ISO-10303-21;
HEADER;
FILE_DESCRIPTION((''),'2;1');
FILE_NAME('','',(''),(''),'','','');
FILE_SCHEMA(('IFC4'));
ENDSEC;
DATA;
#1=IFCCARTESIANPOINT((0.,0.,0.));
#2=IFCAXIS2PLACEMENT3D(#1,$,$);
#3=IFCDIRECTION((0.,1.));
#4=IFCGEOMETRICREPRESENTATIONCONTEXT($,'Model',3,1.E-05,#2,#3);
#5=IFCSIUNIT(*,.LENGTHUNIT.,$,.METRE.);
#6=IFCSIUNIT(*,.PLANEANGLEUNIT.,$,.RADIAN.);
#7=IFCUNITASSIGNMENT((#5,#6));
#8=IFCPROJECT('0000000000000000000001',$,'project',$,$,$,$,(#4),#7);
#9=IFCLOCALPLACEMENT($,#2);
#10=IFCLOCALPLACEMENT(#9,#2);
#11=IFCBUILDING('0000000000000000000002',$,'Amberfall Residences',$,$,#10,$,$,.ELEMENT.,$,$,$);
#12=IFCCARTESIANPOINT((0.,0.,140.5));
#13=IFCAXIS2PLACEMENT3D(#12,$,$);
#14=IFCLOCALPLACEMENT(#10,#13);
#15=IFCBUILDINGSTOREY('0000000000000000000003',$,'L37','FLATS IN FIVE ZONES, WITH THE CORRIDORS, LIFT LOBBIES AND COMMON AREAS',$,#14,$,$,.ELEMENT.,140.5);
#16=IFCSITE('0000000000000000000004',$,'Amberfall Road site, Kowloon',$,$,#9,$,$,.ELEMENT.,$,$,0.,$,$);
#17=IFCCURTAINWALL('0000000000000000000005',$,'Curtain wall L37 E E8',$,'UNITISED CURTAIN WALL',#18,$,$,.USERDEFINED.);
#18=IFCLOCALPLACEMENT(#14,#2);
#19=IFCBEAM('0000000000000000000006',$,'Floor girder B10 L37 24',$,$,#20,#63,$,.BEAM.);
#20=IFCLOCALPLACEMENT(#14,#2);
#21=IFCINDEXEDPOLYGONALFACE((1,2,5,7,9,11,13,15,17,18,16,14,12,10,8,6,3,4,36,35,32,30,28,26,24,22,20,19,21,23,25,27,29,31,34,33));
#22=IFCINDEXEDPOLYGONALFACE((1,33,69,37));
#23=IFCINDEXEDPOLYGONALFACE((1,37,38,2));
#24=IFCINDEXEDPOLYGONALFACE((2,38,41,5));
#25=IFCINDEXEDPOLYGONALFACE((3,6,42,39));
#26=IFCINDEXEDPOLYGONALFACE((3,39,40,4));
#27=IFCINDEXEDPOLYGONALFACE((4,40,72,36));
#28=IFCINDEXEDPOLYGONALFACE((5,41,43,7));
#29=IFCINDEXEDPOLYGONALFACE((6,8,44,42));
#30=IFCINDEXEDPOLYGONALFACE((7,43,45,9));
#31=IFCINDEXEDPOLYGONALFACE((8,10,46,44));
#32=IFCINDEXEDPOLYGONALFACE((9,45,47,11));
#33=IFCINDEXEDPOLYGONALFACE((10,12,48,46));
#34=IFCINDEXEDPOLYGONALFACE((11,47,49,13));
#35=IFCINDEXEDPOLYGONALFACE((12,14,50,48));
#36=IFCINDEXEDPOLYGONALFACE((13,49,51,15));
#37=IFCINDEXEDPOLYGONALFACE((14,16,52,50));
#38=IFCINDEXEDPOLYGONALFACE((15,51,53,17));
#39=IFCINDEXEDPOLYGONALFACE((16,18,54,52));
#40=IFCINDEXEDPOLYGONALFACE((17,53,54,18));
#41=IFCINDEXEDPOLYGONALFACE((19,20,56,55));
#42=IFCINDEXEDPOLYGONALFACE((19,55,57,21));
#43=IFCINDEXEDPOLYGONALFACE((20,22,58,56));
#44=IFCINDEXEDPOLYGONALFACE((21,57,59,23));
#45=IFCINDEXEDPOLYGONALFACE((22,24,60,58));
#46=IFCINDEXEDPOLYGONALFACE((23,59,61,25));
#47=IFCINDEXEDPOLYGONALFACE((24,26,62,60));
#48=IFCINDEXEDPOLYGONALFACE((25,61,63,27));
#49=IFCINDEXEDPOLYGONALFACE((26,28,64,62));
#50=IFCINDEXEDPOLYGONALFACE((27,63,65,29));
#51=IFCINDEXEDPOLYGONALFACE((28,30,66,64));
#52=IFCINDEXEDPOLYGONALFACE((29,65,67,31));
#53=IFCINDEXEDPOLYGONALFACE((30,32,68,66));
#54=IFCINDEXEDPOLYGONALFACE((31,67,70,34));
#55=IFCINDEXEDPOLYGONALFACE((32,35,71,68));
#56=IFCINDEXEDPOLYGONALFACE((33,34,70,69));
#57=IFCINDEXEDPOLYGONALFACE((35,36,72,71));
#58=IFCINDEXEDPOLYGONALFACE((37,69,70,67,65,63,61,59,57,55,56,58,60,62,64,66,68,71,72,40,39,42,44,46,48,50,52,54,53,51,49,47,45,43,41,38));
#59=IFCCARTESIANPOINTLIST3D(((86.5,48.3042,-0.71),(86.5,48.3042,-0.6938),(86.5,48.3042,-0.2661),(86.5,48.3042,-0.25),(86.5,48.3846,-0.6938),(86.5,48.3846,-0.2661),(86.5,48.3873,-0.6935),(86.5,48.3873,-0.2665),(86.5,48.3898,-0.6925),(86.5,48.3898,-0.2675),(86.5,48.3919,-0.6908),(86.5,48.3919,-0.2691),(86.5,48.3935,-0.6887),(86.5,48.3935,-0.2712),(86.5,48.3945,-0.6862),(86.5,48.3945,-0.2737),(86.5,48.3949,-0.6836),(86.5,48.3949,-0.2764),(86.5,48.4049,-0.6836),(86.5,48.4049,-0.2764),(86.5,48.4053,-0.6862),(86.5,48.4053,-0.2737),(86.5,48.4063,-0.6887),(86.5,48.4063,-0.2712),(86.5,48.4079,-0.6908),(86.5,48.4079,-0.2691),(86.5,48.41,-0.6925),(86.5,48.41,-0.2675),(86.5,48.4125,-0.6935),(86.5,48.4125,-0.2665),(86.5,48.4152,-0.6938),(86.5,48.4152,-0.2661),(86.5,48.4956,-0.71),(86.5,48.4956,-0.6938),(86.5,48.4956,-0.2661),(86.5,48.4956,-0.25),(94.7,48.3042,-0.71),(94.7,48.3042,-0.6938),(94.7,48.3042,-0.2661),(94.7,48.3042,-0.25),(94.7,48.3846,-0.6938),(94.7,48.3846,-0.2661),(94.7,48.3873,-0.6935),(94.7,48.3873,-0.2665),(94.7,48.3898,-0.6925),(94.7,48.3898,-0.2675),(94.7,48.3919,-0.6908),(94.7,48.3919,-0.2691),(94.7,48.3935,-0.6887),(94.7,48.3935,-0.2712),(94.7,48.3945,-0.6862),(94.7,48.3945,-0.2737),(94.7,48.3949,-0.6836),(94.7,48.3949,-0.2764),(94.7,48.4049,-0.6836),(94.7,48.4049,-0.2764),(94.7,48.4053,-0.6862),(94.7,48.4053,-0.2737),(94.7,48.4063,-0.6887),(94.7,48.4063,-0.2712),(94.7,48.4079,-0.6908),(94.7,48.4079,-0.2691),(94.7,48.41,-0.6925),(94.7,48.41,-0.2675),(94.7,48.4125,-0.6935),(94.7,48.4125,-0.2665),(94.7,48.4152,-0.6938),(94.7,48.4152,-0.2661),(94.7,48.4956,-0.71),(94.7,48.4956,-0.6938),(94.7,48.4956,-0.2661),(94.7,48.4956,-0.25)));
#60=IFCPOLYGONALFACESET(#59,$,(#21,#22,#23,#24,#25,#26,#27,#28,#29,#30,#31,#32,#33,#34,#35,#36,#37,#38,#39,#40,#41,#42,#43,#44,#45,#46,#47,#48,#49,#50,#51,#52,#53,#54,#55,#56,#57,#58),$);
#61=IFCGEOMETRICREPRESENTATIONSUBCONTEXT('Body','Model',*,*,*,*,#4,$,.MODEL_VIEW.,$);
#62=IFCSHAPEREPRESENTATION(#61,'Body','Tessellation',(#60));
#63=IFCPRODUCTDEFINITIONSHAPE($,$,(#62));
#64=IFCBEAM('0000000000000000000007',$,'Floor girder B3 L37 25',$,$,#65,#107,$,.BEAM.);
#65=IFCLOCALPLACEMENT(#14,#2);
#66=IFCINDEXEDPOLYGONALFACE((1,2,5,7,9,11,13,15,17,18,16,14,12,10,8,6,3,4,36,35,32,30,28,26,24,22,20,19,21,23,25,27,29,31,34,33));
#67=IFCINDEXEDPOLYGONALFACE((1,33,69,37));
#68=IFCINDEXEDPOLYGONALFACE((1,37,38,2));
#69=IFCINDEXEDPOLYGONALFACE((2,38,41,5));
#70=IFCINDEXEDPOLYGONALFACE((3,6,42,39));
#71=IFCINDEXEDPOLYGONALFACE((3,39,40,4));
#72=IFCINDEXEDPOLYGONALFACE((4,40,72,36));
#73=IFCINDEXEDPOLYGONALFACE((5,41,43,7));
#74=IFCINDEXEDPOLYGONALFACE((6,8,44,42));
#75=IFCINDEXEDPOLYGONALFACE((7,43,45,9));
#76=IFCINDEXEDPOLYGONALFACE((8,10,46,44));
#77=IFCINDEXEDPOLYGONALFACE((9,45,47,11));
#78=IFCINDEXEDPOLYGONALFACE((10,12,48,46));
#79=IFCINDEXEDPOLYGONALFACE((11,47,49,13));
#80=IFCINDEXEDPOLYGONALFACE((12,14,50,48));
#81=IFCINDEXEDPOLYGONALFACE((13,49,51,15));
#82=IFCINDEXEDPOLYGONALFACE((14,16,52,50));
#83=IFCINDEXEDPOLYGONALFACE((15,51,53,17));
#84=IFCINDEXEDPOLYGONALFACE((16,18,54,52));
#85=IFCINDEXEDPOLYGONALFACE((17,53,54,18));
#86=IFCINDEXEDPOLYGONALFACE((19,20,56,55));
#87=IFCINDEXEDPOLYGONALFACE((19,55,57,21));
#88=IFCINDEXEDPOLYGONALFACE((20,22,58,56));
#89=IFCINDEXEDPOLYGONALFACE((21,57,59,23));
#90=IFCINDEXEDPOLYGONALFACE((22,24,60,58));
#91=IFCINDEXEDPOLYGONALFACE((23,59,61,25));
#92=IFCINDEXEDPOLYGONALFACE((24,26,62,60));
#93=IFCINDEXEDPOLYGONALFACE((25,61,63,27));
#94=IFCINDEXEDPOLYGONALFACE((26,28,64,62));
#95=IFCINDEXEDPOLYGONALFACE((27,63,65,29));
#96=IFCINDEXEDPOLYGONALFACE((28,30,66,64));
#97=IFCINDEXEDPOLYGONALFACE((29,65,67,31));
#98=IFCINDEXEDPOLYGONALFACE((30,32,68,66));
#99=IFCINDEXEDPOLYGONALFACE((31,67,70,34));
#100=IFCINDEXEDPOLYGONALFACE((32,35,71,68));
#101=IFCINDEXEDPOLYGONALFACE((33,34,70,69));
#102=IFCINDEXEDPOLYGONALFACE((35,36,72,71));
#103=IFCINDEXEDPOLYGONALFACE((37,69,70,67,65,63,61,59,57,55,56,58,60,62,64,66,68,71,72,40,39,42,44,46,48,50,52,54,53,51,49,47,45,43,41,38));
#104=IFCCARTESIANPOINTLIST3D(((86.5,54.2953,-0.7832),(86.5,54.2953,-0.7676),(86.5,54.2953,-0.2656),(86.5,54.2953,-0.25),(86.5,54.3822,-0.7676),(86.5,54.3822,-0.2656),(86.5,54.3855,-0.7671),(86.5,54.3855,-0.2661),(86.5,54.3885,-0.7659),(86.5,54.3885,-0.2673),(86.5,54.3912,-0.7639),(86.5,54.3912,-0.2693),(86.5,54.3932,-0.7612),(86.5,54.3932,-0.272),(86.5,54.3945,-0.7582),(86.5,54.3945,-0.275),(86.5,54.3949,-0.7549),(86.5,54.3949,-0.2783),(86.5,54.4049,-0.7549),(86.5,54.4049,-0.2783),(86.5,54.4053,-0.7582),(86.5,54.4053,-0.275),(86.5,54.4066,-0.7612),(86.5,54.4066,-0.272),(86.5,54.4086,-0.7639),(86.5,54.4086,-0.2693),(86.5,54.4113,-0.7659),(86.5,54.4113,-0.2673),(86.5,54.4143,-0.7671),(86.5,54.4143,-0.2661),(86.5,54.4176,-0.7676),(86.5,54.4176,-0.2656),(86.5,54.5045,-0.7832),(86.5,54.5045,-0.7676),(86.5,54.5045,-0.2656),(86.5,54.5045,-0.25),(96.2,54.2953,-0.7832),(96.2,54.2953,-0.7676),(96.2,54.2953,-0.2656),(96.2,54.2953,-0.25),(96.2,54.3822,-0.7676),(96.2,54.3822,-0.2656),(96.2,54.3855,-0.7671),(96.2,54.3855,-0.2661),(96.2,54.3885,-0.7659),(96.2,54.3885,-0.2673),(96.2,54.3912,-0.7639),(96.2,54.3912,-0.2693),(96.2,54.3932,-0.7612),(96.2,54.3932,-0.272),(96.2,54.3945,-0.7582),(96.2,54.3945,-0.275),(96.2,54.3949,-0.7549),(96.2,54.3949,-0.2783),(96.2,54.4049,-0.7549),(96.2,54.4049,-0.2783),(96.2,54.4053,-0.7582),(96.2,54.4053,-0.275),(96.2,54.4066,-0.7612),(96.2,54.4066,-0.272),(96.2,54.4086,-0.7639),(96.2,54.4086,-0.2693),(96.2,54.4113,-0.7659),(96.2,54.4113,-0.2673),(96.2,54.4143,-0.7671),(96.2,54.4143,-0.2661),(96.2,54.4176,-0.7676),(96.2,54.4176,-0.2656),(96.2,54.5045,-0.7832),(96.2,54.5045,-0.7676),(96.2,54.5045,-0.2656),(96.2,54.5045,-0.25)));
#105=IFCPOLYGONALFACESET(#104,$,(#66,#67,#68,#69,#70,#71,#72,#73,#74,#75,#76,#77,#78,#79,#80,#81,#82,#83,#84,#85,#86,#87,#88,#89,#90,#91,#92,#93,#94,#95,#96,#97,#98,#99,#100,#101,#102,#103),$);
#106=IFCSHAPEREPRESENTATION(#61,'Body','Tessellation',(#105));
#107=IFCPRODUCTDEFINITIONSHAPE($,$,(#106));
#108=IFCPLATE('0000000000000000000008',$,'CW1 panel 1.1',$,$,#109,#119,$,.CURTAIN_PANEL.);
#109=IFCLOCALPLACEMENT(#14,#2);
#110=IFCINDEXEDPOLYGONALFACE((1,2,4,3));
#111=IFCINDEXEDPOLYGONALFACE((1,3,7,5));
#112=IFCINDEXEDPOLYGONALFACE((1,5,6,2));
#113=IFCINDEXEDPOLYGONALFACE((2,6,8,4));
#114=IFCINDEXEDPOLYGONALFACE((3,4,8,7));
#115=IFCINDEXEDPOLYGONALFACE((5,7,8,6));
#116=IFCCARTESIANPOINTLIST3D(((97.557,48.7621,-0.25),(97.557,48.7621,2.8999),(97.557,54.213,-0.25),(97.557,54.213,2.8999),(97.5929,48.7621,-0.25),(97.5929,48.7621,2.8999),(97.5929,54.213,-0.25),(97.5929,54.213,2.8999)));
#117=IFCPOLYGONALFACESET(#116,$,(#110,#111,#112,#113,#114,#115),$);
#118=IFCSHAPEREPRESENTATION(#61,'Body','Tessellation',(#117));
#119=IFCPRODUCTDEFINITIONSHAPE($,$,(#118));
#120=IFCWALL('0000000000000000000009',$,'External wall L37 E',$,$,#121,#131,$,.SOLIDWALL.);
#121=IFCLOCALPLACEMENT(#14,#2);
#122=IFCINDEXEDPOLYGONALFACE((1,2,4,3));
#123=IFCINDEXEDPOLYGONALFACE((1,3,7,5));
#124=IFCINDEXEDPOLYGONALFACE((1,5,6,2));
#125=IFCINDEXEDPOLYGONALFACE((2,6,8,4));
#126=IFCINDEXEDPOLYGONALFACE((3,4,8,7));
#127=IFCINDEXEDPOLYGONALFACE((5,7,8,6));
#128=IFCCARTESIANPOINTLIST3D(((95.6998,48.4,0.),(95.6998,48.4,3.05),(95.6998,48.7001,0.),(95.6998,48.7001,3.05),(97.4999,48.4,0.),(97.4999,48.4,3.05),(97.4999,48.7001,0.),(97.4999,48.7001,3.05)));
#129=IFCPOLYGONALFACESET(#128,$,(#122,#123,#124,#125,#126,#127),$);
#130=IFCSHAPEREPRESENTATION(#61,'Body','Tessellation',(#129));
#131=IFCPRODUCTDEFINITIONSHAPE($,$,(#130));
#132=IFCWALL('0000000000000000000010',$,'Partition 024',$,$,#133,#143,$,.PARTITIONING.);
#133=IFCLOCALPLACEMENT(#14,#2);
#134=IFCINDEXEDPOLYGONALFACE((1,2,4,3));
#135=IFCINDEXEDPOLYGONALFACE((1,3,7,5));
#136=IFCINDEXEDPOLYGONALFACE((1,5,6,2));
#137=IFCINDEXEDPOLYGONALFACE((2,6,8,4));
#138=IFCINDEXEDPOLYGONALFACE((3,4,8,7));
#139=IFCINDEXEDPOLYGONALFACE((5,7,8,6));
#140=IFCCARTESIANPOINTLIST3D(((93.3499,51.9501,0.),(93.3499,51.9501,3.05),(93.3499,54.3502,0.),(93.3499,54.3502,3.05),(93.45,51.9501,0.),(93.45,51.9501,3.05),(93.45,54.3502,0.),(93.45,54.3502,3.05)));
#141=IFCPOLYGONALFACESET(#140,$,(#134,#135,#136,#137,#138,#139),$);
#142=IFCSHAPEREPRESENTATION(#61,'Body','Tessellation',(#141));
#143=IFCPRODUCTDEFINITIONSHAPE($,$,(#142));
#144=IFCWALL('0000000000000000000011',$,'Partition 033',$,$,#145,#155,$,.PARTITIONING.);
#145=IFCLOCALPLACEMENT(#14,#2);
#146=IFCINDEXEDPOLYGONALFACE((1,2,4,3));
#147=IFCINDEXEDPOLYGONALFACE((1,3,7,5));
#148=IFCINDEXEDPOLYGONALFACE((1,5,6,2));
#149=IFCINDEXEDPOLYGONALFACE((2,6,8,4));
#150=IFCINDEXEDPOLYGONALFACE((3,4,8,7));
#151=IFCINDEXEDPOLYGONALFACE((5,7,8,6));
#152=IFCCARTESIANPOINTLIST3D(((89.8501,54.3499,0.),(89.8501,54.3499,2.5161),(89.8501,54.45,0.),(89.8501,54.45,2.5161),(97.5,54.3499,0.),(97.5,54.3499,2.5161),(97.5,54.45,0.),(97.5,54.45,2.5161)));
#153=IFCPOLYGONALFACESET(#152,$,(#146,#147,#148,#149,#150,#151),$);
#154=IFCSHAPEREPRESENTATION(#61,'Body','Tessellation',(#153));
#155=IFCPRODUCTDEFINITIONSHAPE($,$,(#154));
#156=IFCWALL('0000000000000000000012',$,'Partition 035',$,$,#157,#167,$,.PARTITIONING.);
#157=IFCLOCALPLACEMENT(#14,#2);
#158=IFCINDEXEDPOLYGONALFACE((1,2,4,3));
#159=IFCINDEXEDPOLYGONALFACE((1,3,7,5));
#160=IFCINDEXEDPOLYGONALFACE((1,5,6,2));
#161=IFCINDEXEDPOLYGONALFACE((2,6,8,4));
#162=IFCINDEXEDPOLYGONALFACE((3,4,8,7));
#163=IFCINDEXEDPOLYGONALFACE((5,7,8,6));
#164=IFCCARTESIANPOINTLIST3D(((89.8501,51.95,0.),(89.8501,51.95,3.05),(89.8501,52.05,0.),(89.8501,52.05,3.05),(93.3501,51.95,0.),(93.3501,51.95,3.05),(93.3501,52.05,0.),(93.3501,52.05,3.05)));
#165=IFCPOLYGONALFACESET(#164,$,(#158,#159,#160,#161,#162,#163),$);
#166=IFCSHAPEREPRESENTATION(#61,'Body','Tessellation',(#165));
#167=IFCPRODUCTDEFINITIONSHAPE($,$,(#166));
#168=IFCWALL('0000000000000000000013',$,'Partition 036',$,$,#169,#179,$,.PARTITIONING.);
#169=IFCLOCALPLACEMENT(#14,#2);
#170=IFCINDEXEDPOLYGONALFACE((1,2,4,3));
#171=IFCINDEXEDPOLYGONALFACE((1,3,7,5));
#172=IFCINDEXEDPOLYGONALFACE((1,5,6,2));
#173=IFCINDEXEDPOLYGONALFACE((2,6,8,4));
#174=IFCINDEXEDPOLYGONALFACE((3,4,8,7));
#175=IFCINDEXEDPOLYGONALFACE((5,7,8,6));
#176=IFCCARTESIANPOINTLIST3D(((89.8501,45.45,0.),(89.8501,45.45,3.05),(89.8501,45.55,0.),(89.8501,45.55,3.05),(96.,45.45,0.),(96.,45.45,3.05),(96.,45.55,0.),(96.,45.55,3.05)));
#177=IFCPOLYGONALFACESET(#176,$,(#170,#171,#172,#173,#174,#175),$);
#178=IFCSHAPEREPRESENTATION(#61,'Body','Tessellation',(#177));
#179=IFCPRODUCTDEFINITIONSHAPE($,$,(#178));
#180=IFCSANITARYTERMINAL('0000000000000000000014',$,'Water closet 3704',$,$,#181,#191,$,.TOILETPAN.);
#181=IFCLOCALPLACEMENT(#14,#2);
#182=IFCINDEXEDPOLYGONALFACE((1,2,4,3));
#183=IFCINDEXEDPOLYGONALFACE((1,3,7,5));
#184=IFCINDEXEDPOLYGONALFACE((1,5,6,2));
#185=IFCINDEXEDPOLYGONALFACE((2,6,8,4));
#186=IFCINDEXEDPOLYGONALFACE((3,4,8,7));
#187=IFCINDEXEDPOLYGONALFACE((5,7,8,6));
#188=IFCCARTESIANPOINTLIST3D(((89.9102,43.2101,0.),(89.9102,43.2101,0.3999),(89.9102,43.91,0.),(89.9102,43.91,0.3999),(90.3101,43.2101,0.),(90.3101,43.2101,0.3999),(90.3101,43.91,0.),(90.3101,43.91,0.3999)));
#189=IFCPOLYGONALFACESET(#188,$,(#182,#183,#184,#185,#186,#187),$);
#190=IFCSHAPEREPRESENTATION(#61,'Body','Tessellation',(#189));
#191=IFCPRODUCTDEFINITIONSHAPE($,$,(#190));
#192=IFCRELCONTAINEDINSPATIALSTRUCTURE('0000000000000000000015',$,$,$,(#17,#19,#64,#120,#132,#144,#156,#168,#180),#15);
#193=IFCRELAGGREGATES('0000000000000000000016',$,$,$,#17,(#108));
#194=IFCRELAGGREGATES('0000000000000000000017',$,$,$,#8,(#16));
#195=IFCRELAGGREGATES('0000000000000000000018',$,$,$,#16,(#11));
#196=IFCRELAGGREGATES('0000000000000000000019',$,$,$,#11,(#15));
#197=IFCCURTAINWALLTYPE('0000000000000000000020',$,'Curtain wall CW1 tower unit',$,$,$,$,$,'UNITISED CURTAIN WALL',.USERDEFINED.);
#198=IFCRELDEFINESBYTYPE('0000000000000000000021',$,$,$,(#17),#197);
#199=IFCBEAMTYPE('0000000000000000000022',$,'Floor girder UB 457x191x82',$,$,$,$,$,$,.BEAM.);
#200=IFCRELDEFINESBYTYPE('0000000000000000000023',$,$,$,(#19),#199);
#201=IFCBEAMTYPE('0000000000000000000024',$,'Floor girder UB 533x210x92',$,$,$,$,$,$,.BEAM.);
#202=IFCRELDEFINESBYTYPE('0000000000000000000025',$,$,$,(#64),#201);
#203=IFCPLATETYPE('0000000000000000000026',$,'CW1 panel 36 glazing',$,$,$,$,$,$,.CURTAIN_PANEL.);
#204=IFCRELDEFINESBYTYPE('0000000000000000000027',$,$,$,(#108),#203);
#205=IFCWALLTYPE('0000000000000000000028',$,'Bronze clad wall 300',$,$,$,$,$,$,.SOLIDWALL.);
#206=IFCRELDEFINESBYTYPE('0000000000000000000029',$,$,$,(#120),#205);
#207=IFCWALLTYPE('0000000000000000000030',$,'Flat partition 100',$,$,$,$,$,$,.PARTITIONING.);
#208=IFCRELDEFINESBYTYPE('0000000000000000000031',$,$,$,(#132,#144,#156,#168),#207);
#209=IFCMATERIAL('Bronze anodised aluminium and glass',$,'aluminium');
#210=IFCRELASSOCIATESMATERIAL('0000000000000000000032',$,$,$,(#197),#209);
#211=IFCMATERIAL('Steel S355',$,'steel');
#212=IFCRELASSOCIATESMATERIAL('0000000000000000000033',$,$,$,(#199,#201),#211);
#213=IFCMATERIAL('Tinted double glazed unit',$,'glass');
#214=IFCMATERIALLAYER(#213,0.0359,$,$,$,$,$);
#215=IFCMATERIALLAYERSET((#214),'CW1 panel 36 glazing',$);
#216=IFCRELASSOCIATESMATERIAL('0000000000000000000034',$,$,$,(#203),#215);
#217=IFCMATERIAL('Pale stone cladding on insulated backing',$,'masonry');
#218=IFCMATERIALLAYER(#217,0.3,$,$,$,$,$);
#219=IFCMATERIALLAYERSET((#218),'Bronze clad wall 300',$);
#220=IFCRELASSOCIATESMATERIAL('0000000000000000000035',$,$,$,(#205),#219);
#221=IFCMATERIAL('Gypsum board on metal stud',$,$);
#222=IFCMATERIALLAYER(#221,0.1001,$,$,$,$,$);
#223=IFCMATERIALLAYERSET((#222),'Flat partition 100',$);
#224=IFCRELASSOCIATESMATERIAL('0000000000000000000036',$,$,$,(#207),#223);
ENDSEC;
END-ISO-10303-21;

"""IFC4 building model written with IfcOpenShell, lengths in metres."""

from ifc_helpers import new_model, si_unit, direction, frame, frame_2d, origin, origin_2d, place, context, subcontext, project, spatial, rectangle, i_section, extrude, material, layer, layer_set, material_profile, profile_set, type_object, element, aggregate, save


model = new_model("IFC4")

# Units and contexts
model_context = context("Model", 3, precision=1e-05, world=origin(), true_north=direction((0.0, 1.0)))
body_context = subcontext(model_context, "Body", "Model", "MODEL_VIEW")
ifc_project = project(units=[si_unit("LENGTHUNIT", "METRE"), si_unit("PLANEANGLEUNIT", "RADIAN")], contexts=[model_context])

# Site, building, storey
site_placement = place(None, origin())
site = spatial("IfcSite", under=ifc_project, at=site_placement, Name="Amberfall Road site, Kowloon", CompositionType="ELEMENT", RefElevation=0.0)
building_placement = place(site_placement, origin())
building = spatial("IfcBuilding", under=site, at=building_placement, Name="Amberfall Residences", CompositionType="ELEMENT")
storey_placement = place(building_placement, frame((0.0, 0.0, 140.5)))
storey = spatial("IfcBuildingStorey", under=building, at=storey_placement, Name="L37", Description="FLATS IN FIVE ZONES, WITH THE CORRIDORS, LIFT LOBBIES AND COMMON AREAS", CompositionType="ELEMENT", Elevation=140.5)

# Curtain wall
ifc_material_1 = material(Name="Bronze anodised aluminium and glass", Category="aluminium")
curtain_wall_type = type_object("IfcCurtainWallType", Name="Curtain wall CW1 tower unit", ElementType="UNITISED CURTAIN WALL", PredefinedType="USERDEFINED", material=ifc_material_1)
curtain_wall_placement = place(storey_placement, origin())
curtain_wall = element("IfcCurtainWall", 1, at=curtain_wall_placement, inside=storey, type_object=curtain_wall_type, Name="Curtain wall L37 E E8", ObjectType="UNITISED CURTAIN WALL", PredefinedType="USERDEFINED")

# Shared definitions
ifc_material_2 = material(Name="Steel S355", Category="steel")

# Beams
ifc_material_profile_1 = material_profile(ifc_material_2, i_section(OverallWidth=0.1914, OverallDepth=0.46, WebThickness=0.01, FlangeThickness=0.0161, FilletRadius=0.0103, at=origin_2d()), Name="UB 457x191x82")
ifc_profile_set_1 = profile_set([ifc_material_profile_1], Name="Steel S355")
beam_type_1 = type_object("IfcBeamType", Name="Floor girder UB 457x191x82", PredefinedType="BEAM", material=ifc_profile_set_1)
beam_1_placement = place(storey_placement, frame((94.7, 48.3999, -0.48), z_axis=(-1.0, 0.0, 0.0), x_axis=(0.0, -1.0, 0.0)))
element("IfcBeam", 2, at=beam_1_placement, inside=storey, type_object=beam_type_1, Name="Floor girder B10 L37 24", PredefinedType="BEAM", context=body_context, shape_type="SweptSolid", body=[
    extrude(i_section(OverallWidth=0.1914, OverallDepth=0.46, WebThickness=0.01, FlangeThickness=0.0161, FilletRadius=0.0103, at=origin_2d()), origin(), (0.0, 0.0, 1.0), 8.2),
])
ifc_material_profile_2 = material_profile(ifc_material_2, i_section(OverallWidth=0.2092, OverallDepth=0.5332, WebThickness=0.01, FlangeThickness=0.0156, FilletRadius=0.0127, at=origin_2d()), Name="UB 533x210x92")
ifc_profile_set_2 = profile_set([ifc_material_profile_2], Name="Steel S355")
beam_type_2 = type_object("IfcBeamType", Name="Floor girder UB 533x210x92", PredefinedType="BEAM", material=ifc_profile_set_2)
beam_2_placement = place(storey_placement, frame((96.2, 54.3999, -0.5166), z_axis=(-1.0, 0.0, 0.0), x_axis=(0.0, -1.0, 0.0)))
element("IfcBeam", 3, at=beam_2_placement, inside=storey, type_object=beam_type_2, Name="Floor girder B3 L37 25", PredefinedType="BEAM", context=body_context, shape_type="SweptSolid", body=[
    extrude(i_section(OverallWidth=0.2092, OverallDepth=0.5332, WebThickness=0.01, FlangeThickness=0.0156, FilletRadius=0.0127, at=origin_2d()), origin(), (0.0, 0.0, 1.0), 9.7),
])

# Plate
ifc_material_3 = material(Name="Tinted double glazed unit", Category="glass")
ifc_layer_1 = layer(ifc_material_3, 0.0359)
ifc_layer_set_1 = layer_set([ifc_layer_1], Name="CW1 panel 36 glazing")
plate_type = type_object("IfcPlateType", Name="CW1 panel 36 glazing", PredefinedType="CURTAIN_PANEL", material=ifc_layer_set_1)
plate_placement = place(storey_placement, frame((97.575, 51.4875, -0.25), z_axis=(0.0, 0.0, 1.0), x_axis=(0.0, 1.0, 0.0)))
plate = element("IfcPlate", 4, at=plate_placement, type_object=plate_type, Name="CW1 panel 1.1", PredefinedType="CURTAIN_PANEL", context=body_context, shape_type="SweptSolid", body=[
    extrude(rectangle(XDim=5.4509, YDim=0.0359, at=origin_2d()), origin(), (0.0, 0.0, 1.0), 3.1499),
])
aggregate(curtain_wall, [plate])

# Walls
ifc_material_4 = material(Name="Pale stone cladding on insulated backing", Category="masonry")
ifc_layer_2 = layer(ifc_material_4, 0.3)
ifc_layer_set_2 = layer_set([ifc_layer_2], Name="Bronze clad wall 300")
wall_type_1 = type_object("IfcWallType", Name="Bronze clad wall 300", PredefinedType="SOLIDWALL", material=ifc_layer_set_2)
wall_1_placement = place(storey_placement, frame((95.7, 48.55, 0.0), z_axis=(0.0, 0.0, 1.0), x_axis=(1.0, 0.0, 0.0)))
element("IfcWall", 5, at=wall_1_placement, inside=storey, type_object=wall_type_1, Name="External wall L37 E", PredefinedType="SOLIDWALL", context=body_context, shape_type="SweptSolid", body=[
    extrude(rectangle(XDim=1.8, YDim=0.3, at=frame_2d((0.8999, 0.0))), origin(), (0.0, 0.0, 1.0), 3.05),
])
ifc_material_5 = material(Name="Gypsum board on metal stud")
ifc_layer_3 = layer(ifc_material_5, 0.1001)
ifc_layer_set_3 = layer_set([ifc_layer_3], Name="Flat partition 100")
wall_type_2 = type_object("IfcWallType", Name="Flat partition 100", PredefinedType="PARTITIONING", material=ifc_layer_set_3)
wall_2_placement = place(storey_placement, frame((93.3999, 51.95, 0.0), z_axis=(0.0, 0.0, 1.0), x_axis=(0.0, 1.0, 0.0)))
element("IfcWall", 6, at=wall_2_placement, inside=storey, type_object=wall_type_2, Name="Partition 024", PredefinedType="PARTITIONING", context=body_context, shape_type="SweptSolid", body=[
    extrude(rectangle(XDim=2.4001, YDim=0.1001, at=frame_2d((1.2002, 0.0))), origin(), (0.0, 0.0, 1.0), 3.05),
])
wall_3_placement = place(storey_placement, frame((89.8501, 54.3999, 0.0), z_axis=(0.0, 0.0, 1.0), x_axis=(1.0, 0.0, 0.0)))
element("IfcWall", 7, at=wall_3_placement, inside=storey, type_object=wall_type_2, Name="Partition 033", PredefinedType="PARTITIONING", context=body_context, shape_type="SweptSolid", body=[
    extrude(rectangle(XDim=7.6499, YDim=0.1001, at=frame_2d((3.825, 0.0))), origin(), (0.0, 0.0, 1.0), 2.5161),
])
wall_4_placement = place(storey_placement, frame((89.8501, 52.0, 0.0), z_axis=(0.0, 0.0, 1.0), x_axis=(1.0, 0.0, 0.0)))
element("IfcWall", 8, at=wall_4_placement, inside=storey, type_object=wall_type_2, Name="Partition 035", PredefinedType="PARTITIONING", context=body_context, shape_type="SweptSolid", body=[
    extrude(rectangle(XDim=3.5, YDim=0.1001, at=frame_2d((1.75, 0.0))), origin(), (0.0, 0.0, 1.0), 3.05),
])
wall_5_placement = place(storey_placement, frame((89.8501, 45.5, 0.0), z_axis=(0.0, 0.0, 1.0), x_axis=(1.0, 0.0, 0.0)))
element("IfcWall", 9, at=wall_5_placement, inside=storey, type_object=wall_type_2, Name="Partition 036", PredefinedType="PARTITIONING", context=body_context, shape_type="SweptSolid", body=[
    extrude(rectangle(XDim=6.1499, YDim=0.1001, at=frame_2d((3.075, 0.0))), origin(), (0.0, 0.0, 1.0), 3.05),
])

# Sanitary terminal
sanitary_terminal_1_placement = place(storey_placement, frame((90.1101, 43.5601, 0.0), z_axis=(0.0, 0.0, 1.0), x_axis=(1.0, 0.0, 0.0)))
element("IfcSanitaryTerminal", 10, at=sanitary_terminal_1_placement, inside=storey, Name="Water closet 3704", PredefinedType="TOILETPAN", context=body_context, shape_type="SweptSolid", body=[
    extrude(rectangle(XDim=0.3999, YDim=0.7, at=origin_2d()), origin(), (0.0, 0.0, 1.0), 0.3999),
])

save(model, "model.ifc")
